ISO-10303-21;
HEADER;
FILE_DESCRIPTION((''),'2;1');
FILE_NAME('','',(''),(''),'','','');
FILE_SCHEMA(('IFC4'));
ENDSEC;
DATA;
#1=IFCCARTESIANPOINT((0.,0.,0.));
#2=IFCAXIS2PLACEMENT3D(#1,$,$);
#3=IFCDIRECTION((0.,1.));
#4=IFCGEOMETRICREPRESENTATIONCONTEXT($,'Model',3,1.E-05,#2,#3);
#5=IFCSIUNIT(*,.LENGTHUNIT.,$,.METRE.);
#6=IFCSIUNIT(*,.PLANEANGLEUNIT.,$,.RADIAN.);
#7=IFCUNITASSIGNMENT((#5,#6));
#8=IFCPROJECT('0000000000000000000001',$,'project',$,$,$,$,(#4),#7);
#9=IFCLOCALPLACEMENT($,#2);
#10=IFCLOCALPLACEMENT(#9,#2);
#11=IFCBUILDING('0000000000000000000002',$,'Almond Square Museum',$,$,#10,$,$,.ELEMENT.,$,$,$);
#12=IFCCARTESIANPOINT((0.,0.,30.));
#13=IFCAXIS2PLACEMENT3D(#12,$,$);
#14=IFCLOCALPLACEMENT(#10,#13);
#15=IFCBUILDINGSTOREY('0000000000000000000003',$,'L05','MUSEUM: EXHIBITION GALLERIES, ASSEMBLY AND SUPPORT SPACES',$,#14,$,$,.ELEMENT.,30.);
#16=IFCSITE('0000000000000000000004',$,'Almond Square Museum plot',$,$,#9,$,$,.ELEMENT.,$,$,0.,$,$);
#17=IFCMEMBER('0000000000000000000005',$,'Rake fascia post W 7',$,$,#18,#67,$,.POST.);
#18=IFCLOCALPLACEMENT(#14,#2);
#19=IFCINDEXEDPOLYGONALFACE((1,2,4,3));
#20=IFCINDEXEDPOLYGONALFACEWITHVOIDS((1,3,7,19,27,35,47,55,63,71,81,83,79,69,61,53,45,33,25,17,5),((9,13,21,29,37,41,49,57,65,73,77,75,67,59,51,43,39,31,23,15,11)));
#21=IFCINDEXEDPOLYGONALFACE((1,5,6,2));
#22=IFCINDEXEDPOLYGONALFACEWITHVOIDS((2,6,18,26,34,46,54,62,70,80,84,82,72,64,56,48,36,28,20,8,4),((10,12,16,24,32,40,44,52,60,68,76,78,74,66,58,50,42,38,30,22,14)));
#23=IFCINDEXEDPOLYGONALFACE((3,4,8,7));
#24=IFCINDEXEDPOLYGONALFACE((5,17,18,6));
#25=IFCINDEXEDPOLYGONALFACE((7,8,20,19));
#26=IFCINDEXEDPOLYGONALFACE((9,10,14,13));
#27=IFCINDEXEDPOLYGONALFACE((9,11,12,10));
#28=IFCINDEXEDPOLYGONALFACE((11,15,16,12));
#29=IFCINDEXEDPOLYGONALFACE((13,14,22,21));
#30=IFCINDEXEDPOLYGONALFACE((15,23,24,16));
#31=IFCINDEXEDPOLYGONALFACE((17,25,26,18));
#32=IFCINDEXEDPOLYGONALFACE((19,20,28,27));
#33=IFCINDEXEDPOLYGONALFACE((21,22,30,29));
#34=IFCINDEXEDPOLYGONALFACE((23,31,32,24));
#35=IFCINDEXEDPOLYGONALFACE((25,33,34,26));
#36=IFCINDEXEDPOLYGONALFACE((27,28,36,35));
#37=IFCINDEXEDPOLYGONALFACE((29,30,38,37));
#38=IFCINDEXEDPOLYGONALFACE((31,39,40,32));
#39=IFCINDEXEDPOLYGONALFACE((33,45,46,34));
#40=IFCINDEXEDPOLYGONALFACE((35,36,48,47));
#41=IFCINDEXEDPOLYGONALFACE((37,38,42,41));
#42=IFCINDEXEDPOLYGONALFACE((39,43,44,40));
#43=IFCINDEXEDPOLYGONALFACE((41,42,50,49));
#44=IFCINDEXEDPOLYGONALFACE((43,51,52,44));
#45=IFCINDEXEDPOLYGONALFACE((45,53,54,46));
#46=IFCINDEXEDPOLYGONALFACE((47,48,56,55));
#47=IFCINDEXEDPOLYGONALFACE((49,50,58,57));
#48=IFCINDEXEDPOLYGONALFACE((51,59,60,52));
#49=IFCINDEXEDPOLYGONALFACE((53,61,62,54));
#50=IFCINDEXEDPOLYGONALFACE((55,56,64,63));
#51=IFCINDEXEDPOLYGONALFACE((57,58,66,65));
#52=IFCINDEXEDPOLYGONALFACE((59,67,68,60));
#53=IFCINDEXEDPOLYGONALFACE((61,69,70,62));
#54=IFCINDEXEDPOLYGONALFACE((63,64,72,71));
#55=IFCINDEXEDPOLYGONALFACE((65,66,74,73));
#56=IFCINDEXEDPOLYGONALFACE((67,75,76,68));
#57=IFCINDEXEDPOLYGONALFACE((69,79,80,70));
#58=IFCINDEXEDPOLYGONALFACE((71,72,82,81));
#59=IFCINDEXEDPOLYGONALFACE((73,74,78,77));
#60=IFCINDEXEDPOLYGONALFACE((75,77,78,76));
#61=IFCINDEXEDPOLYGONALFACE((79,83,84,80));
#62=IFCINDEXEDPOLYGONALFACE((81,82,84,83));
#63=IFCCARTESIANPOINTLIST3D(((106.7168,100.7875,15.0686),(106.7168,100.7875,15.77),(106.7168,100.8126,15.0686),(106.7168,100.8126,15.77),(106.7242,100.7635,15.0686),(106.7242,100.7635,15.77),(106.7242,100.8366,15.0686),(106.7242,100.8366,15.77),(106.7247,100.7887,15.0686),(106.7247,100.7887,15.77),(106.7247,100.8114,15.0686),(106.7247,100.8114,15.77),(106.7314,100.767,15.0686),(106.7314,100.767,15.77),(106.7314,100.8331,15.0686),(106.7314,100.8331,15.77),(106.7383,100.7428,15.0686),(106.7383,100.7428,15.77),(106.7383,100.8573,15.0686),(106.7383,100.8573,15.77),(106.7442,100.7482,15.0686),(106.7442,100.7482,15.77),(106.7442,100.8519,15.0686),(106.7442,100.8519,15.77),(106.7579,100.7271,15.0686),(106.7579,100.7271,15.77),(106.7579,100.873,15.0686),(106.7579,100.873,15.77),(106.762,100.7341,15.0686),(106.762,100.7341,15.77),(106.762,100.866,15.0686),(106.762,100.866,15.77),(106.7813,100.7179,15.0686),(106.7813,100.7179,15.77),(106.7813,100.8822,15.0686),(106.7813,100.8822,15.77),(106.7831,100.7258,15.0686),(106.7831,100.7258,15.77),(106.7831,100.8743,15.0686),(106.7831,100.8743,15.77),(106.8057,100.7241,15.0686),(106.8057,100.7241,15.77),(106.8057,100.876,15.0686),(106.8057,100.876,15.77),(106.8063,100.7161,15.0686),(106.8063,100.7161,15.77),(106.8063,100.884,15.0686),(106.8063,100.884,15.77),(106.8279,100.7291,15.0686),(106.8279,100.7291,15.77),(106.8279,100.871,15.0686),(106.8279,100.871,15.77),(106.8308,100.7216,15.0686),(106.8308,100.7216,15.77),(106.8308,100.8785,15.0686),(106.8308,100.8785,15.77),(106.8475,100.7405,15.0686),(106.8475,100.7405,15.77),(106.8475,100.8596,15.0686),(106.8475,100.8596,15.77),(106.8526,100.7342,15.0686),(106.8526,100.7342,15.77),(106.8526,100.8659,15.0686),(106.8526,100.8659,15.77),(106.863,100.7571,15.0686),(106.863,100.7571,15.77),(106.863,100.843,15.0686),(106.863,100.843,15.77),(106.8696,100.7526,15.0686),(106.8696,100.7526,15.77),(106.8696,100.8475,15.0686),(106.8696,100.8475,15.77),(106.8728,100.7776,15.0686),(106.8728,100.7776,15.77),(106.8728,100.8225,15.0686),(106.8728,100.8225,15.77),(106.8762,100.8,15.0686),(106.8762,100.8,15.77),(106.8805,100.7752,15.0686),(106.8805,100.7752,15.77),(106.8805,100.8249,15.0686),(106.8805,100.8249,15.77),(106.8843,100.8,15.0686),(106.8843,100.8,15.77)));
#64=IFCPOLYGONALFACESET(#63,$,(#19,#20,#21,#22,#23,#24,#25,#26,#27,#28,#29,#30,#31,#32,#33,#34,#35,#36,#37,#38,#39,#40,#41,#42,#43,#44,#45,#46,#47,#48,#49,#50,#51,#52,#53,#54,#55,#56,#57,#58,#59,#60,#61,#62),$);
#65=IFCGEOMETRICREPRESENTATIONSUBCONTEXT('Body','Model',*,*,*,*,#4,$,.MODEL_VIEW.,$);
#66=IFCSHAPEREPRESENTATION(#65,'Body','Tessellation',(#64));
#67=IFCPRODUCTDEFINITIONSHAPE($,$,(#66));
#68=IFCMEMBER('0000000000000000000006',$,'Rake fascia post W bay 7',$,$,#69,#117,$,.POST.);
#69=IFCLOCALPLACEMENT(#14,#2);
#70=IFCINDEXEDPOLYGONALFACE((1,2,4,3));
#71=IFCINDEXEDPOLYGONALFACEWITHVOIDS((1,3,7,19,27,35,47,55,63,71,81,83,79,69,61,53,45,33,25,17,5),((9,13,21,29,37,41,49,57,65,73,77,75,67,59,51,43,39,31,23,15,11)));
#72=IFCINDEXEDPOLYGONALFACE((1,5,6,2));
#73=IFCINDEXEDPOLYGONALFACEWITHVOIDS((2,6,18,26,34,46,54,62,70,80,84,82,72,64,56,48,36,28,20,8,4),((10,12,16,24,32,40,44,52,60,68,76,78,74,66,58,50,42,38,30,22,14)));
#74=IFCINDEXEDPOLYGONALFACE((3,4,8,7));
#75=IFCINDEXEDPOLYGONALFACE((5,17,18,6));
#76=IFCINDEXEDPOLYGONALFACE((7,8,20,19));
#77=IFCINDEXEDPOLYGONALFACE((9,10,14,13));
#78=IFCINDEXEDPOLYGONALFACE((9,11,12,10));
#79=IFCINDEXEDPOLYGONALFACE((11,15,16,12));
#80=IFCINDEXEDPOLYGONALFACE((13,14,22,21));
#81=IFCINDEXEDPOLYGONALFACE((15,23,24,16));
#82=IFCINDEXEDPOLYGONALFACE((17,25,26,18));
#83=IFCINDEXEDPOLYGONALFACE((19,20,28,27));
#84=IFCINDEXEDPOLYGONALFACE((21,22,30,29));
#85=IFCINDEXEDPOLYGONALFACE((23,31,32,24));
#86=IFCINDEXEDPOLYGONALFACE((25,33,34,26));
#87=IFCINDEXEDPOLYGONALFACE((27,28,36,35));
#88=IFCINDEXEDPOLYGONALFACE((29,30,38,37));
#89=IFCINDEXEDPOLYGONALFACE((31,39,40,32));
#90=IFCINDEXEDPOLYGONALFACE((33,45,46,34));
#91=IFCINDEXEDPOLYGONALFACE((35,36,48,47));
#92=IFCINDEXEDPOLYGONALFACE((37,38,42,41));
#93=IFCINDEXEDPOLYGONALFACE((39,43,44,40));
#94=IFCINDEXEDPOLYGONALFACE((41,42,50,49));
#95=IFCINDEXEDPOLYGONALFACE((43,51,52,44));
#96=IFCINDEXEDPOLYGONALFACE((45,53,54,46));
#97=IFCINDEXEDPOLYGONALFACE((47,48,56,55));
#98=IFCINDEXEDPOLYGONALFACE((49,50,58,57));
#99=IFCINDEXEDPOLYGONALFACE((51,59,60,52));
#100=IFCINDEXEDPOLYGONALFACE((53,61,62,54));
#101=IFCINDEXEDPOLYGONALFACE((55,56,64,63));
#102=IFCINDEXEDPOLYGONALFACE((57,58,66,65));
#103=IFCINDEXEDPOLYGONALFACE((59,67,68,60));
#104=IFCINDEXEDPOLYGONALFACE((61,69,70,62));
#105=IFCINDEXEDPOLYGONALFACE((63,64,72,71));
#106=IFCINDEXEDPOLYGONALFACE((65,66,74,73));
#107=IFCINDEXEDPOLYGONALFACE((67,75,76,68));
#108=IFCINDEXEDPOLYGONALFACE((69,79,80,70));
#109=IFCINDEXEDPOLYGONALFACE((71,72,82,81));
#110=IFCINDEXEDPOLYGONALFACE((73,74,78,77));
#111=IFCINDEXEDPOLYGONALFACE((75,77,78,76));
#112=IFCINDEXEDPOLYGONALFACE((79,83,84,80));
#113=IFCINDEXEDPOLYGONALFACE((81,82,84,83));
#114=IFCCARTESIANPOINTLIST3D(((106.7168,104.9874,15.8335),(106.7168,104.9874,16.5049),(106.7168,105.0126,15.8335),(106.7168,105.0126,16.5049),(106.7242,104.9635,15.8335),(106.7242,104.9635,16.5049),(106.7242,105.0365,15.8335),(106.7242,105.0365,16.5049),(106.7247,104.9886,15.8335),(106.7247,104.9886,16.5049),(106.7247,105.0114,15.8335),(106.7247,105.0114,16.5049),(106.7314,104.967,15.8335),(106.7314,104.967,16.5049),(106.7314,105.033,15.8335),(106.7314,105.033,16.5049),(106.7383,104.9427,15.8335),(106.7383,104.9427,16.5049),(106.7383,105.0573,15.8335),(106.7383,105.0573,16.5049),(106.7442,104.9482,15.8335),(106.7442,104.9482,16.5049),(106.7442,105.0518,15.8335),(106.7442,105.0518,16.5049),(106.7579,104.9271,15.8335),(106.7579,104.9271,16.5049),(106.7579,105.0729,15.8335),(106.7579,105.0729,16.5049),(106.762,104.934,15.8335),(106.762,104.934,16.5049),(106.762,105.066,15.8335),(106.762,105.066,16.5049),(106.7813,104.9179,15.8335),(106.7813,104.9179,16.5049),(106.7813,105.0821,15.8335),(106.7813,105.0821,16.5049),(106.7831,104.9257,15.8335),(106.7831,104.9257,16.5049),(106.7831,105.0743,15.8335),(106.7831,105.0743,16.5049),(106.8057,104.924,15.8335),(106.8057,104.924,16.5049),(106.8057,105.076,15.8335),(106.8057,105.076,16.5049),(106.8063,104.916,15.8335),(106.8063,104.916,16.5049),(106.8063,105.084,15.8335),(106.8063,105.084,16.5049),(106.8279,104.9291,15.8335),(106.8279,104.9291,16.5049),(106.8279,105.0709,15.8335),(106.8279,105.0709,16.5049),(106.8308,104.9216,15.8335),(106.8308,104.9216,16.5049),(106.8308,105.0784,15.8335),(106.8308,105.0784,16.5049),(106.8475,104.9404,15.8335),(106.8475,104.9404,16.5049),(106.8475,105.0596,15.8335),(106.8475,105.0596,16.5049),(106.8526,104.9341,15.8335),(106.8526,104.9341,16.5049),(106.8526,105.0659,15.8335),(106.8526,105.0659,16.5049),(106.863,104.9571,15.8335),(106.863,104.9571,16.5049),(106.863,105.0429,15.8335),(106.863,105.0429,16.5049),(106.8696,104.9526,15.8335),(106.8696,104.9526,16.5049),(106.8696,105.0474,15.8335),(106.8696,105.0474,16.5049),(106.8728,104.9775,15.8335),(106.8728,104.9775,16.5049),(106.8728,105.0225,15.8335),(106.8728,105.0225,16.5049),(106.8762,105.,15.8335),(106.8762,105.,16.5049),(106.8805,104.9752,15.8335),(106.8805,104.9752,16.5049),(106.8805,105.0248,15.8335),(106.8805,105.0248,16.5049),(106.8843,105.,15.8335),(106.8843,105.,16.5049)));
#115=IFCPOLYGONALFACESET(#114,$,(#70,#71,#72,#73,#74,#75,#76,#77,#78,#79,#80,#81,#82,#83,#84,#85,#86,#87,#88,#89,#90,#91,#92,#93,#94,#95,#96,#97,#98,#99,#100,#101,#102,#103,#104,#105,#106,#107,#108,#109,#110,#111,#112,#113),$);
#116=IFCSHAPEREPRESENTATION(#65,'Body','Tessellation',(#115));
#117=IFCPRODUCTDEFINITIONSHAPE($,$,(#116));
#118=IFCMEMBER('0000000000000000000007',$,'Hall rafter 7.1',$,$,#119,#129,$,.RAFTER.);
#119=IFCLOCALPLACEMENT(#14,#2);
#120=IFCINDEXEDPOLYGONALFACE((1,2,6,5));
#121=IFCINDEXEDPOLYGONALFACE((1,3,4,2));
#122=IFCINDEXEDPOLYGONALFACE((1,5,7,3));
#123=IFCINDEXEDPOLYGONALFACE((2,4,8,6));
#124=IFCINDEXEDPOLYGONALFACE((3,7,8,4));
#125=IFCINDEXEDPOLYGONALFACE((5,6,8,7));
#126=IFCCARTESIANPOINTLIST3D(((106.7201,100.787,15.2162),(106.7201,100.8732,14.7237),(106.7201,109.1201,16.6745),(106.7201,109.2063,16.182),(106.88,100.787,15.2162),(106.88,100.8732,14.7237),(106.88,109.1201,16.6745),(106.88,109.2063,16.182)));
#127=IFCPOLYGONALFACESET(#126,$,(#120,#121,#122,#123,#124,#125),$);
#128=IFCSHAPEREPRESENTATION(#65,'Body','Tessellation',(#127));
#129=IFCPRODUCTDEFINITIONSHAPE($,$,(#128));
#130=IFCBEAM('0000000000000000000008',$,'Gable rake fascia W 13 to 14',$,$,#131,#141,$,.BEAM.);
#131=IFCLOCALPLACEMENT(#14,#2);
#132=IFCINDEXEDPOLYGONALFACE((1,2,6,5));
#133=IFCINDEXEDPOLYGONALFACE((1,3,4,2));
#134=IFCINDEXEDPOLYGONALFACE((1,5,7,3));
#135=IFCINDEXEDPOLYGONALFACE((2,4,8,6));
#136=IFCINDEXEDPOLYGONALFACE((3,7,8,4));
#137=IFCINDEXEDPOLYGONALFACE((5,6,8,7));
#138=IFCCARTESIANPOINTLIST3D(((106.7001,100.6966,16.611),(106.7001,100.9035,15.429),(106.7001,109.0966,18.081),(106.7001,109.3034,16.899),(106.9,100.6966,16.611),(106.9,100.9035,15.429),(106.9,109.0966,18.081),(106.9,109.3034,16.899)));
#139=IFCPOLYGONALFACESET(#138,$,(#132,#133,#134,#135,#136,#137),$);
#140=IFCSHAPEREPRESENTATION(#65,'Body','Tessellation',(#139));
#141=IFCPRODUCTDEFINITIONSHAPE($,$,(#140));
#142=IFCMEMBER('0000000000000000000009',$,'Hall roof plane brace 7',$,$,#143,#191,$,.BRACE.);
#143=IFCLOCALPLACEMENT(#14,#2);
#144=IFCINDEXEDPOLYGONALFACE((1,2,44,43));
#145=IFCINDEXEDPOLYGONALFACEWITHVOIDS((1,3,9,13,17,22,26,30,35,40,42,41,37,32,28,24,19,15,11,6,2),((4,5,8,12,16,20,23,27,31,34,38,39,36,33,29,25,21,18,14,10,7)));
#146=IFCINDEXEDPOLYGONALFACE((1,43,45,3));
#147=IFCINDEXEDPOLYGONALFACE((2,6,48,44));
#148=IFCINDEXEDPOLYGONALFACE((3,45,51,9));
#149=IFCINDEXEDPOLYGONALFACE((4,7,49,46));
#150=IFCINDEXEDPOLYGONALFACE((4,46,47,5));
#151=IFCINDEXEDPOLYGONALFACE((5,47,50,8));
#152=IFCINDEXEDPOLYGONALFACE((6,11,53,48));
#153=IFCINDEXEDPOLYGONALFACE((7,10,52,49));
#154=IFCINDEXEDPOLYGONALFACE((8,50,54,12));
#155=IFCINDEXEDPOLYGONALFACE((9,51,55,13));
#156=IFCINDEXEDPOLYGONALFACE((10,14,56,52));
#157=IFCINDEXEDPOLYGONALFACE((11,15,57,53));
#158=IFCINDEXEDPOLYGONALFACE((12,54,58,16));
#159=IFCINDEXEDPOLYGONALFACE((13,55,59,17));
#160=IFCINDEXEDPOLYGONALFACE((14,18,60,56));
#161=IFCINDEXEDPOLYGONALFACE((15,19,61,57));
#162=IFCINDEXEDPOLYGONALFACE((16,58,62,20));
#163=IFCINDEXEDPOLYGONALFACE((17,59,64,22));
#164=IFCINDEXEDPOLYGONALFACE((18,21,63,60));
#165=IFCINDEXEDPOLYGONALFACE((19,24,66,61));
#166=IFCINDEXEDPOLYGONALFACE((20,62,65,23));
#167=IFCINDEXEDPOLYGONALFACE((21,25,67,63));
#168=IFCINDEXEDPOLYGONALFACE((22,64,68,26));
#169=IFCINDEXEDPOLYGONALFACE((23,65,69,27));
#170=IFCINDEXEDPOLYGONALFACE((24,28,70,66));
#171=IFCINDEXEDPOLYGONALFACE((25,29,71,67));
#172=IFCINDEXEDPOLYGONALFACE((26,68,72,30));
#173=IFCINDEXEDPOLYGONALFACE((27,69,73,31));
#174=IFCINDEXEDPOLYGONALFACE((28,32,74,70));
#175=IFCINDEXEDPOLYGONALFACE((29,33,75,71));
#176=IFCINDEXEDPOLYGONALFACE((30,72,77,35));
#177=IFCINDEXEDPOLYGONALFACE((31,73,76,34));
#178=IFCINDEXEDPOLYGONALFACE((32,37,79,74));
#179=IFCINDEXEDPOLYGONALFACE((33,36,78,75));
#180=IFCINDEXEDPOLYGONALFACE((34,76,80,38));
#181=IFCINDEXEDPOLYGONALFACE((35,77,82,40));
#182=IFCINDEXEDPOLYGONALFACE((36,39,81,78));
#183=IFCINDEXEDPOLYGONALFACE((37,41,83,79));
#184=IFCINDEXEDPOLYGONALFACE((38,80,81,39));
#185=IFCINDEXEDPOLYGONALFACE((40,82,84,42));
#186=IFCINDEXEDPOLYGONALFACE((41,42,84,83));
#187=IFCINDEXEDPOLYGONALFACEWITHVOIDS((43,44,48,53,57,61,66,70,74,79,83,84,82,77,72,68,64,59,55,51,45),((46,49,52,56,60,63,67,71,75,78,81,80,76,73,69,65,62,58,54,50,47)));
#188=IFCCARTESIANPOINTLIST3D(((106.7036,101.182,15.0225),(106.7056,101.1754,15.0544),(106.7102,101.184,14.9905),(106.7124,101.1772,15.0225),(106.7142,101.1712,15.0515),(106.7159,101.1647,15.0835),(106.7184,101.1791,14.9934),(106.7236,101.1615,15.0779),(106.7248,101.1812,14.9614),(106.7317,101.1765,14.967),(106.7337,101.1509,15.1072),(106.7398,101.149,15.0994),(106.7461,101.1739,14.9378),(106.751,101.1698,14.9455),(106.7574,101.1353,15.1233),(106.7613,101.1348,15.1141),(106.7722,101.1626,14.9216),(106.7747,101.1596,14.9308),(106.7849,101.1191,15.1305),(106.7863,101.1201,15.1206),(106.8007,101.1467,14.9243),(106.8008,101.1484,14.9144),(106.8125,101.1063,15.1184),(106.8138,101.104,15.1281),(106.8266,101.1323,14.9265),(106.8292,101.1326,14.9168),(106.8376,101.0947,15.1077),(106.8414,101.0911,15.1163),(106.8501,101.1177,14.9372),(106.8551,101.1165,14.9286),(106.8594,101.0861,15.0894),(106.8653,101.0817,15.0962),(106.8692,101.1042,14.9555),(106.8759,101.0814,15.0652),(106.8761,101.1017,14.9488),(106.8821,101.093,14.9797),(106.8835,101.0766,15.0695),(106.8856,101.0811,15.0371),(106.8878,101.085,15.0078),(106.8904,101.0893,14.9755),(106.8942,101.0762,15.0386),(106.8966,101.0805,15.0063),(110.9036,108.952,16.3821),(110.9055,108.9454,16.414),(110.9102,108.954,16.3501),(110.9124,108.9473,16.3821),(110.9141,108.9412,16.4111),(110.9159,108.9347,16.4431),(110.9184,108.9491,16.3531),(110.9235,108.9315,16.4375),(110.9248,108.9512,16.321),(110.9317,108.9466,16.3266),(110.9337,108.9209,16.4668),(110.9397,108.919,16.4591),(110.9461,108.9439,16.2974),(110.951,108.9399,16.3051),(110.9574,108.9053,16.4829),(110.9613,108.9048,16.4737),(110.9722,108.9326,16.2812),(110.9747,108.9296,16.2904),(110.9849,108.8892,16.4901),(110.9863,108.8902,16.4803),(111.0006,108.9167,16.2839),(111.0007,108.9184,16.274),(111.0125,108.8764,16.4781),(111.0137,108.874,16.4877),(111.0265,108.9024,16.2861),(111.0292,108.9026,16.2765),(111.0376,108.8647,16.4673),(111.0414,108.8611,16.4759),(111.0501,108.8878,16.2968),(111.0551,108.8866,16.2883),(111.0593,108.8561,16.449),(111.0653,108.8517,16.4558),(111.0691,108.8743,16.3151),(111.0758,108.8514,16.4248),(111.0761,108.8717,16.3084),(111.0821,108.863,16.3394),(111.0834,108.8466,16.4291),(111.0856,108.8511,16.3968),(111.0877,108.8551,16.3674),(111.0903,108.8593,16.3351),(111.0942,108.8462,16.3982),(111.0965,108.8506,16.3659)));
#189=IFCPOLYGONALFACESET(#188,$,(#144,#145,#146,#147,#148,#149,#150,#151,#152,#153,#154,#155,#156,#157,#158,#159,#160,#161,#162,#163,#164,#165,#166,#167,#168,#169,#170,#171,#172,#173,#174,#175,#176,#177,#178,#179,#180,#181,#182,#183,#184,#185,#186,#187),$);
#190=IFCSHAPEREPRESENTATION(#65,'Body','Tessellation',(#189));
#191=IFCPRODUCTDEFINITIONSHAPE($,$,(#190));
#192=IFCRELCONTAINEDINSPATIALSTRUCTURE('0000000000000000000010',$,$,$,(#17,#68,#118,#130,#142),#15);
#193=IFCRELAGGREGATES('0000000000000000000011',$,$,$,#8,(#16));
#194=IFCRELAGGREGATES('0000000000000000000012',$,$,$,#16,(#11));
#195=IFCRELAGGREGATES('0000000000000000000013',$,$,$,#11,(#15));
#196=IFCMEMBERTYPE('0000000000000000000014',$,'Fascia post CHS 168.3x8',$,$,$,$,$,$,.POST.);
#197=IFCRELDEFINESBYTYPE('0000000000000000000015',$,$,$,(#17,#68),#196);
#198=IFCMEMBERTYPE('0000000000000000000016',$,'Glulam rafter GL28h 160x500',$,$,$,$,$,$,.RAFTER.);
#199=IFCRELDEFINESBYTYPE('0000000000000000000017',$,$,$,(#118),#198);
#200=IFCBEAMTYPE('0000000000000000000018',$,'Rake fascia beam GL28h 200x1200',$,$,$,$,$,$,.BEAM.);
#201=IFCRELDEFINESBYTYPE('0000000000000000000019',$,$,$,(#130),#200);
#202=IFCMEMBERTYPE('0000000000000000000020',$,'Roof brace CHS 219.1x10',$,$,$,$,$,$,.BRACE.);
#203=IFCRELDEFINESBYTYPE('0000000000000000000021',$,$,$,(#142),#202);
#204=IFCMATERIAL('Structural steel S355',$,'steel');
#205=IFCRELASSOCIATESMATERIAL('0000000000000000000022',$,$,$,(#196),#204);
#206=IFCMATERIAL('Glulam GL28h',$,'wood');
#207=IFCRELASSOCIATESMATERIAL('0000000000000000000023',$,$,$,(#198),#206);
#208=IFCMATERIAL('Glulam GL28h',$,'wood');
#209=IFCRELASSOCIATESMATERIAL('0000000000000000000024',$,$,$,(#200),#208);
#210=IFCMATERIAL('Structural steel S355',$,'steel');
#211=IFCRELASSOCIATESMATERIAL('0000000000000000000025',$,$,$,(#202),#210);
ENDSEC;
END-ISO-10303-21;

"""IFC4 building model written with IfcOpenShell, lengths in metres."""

from ifc_helpers import new_model, si_unit, direction, frame, origin, origin_2d, place, context, subcontext, project, spatial, rectangle, hollow_circle, extrude, material, material_profile, profile_set, type_object, element, save


model = new_model("IFC4")

# Units and contexts
model_context = context("Model", 3, precision=1e-05, world=origin(), true_north=direction((0.0, 1.0)))
body_context = subcontext(model_context, "Body", "Model", "MODEL_VIEW")
ifc_project = project(units=[si_unit("LENGTHUNIT", "METRE"), si_unit("PLANEANGLEUNIT", "RADIAN")], contexts=[model_context])

# Site, building, storey
site_placement = place(None, origin())
site = spatial("IfcSite", under=ifc_project, at=site_placement, Name="Almond Square Museum plot", CompositionType="ELEMENT", RefElevation=0.0)
building_placement = place(site_placement, origin())
building = spatial("IfcBuilding", under=site, at=building_placement, Name="Almond Square Museum", CompositionType="ELEMENT")
storey_placement = place(building_placement, frame((0.0, 0.0, 30.0)))
storey = spatial("IfcBuildingStorey", under=building, at=storey_placement, Name="L05", Description="MUSEUM: EXHIBITION GALLERIES, ASSEMBLY AND SUPPORT SPACES", CompositionType="ELEMENT", Elevation=30.0)

# Members
ifc_material_1 = material(Name="Structural steel S355", Category="steel")
ifc_material_profile_1 = material_profile(ifc_material_1, hollow_circle(Radius=0.0842, WallThickness=0.0081, at=origin_2d()))
ifc_profile_set_1 = profile_set([ifc_material_profile_1], Name="Structural steel S355")
member_type_1 = type_object("IfcMemberType", Name="Fascia post CHS 168.3x8", PredefinedType="POST", material=ifc_profile_set_1)
member_1_placement = place(storey_placement, frame((106.8, 100.8, 15.0686), z_axis=(0.0, 0.0, 1.0), x_axis=(1.0, 0.0, 0.0)))
element("IfcMember", 1, at=member_1_placement, inside=storey, type_object=member_type_1, Name="Rake fascia post W 7", PredefinedType="POST", context=body_context, shape_type="SweptSolid", body=[
    extrude(hollow_circle(Radius=0.0842, WallThickness=0.0081, at=origin_2d()), origin(), (0.0, 0.0, 1.0), 0.7014),
])
member_2_placement = place(storey_placement, frame((106.8, 105.0, 15.8335), z_axis=(0.0, 0.0, 1.0), x_axis=(1.0, 0.0, 0.0)))
element("IfcMember", 2, at=member_2_placement, inside=storey, type_object=member_type_1, Name="Rake fascia post W bay 7", PredefinedType="POST", context=body_context, shape_type="SweptSolid", body=[
    extrude(hollow_circle(Radius=0.0842, WallThickness=0.0081, at=origin_2d()), origin(), (0.0, 0.0, 1.0), 0.6714),
])
ifc_material_2 = material(Name="Glulam GL28h", Category="wood")
ifc_material_profile_2 = material_profile(ifc_material_2, rectangle(XDim=0.1599, YDim=0.5, at=origin_2d()))
ifc_profile_set_2 = profile_set([ifc_material_profile_2], Name="Glulam GL28h")
member_type_2 = type_object("IfcMemberType", Name="Glulam rafter GL28h 160x500", PredefinedType="RAFTER", material=ifc_profile_set_2)
member_3_placement = place(storey_placement, frame((106.8, 100.8301, 14.97), z_axis=(0.0, 0.985031, 0.172378), x_axis=(-1.0, 0.0, 0.0)))
element("IfcMember", 3, at=member_3_placement, inside=storey, type_object=member_type_2, Name="Hall rafter 7.1", PredefinedType="RAFTER", context=body_context, shape_type="SweptSolid", body=[
    extrude(rectangle(XDim=0.1599, YDim=0.5, at=origin_2d()), origin(), (0.0, 0.0, 1.0), 8.4597),
])

# Beam
ifc_material_3 = material(Name="Glulam GL28h", Category="wood")
ifc_material_profile_3 = material_profile(ifc_material_3, rectangle(XDim=0.2, YDim=1.2, at=origin_2d()))
ifc_profile_set_3 = profile_set([ifc_material_profile_3], Name="Glulam GL28h")
beam_type = type_object("IfcBeamType", Name="Rake fascia beam GL28h 200x1200", PredefinedType="BEAM", material=ifc_profile_set_3)
beam_placement = place(storey_placement, frame((106.8, 100.8, 16.02), z_axis=(0.0, 0.985031, 0.172379), x_axis=(-1.0, 0.0, 0.0)))
element("IfcBeam", 4, at=beam_placement, inside=storey, type_object=beam_type, Name="Gable rake fascia W 13 to 14", PredefinedType="BEAM", context=body_context, shape_type="SweptSolid", body=[
    extrude(rectangle(XDim=0.2, YDim=1.2, at=origin_2d()), origin(), (0.0, 0.0, 1.0), 8.5276),
])

# Member
ifc_material_4 = material(Name="Structural steel S355", Category="steel")
ifc_material_profile_4 = material_profile(ifc_material_4, hollow_circle(Radius=0.1096, WallThickness=0.01, at=origin_2d()))
ifc_profile_set_4 = profile_set([ifc_material_profile_4], Name="Structural steel S355")
member_type_3 = type_object("IfcMemberType", Name="Roof brace CHS 219.1x10", PredefinedType="BRACE", material=ifc_profile_set_4)
member_4_placement = place(storey_placement, frame((106.8, 101.1299, 15.0225), z_axis=(0.469976, 0.869468, 0.152142), x_axis=(-0.879709, 0.475512, 0.0)))
element("IfcMember", 5, at=member_4_placement, inside=storey, type_object=member_type_3, Name="Hall roof plane brace 7", PredefinedType="BRACE", context=body_context, shape_type="SweptSolid", body=[
    extrude(hollow_circle(Radius=0.1096, WallThickness=0.01, at=origin_2d()), origin(), (0.0, 0.0, 1.0), 8.9365),
])

save(model, "model.ifc")
